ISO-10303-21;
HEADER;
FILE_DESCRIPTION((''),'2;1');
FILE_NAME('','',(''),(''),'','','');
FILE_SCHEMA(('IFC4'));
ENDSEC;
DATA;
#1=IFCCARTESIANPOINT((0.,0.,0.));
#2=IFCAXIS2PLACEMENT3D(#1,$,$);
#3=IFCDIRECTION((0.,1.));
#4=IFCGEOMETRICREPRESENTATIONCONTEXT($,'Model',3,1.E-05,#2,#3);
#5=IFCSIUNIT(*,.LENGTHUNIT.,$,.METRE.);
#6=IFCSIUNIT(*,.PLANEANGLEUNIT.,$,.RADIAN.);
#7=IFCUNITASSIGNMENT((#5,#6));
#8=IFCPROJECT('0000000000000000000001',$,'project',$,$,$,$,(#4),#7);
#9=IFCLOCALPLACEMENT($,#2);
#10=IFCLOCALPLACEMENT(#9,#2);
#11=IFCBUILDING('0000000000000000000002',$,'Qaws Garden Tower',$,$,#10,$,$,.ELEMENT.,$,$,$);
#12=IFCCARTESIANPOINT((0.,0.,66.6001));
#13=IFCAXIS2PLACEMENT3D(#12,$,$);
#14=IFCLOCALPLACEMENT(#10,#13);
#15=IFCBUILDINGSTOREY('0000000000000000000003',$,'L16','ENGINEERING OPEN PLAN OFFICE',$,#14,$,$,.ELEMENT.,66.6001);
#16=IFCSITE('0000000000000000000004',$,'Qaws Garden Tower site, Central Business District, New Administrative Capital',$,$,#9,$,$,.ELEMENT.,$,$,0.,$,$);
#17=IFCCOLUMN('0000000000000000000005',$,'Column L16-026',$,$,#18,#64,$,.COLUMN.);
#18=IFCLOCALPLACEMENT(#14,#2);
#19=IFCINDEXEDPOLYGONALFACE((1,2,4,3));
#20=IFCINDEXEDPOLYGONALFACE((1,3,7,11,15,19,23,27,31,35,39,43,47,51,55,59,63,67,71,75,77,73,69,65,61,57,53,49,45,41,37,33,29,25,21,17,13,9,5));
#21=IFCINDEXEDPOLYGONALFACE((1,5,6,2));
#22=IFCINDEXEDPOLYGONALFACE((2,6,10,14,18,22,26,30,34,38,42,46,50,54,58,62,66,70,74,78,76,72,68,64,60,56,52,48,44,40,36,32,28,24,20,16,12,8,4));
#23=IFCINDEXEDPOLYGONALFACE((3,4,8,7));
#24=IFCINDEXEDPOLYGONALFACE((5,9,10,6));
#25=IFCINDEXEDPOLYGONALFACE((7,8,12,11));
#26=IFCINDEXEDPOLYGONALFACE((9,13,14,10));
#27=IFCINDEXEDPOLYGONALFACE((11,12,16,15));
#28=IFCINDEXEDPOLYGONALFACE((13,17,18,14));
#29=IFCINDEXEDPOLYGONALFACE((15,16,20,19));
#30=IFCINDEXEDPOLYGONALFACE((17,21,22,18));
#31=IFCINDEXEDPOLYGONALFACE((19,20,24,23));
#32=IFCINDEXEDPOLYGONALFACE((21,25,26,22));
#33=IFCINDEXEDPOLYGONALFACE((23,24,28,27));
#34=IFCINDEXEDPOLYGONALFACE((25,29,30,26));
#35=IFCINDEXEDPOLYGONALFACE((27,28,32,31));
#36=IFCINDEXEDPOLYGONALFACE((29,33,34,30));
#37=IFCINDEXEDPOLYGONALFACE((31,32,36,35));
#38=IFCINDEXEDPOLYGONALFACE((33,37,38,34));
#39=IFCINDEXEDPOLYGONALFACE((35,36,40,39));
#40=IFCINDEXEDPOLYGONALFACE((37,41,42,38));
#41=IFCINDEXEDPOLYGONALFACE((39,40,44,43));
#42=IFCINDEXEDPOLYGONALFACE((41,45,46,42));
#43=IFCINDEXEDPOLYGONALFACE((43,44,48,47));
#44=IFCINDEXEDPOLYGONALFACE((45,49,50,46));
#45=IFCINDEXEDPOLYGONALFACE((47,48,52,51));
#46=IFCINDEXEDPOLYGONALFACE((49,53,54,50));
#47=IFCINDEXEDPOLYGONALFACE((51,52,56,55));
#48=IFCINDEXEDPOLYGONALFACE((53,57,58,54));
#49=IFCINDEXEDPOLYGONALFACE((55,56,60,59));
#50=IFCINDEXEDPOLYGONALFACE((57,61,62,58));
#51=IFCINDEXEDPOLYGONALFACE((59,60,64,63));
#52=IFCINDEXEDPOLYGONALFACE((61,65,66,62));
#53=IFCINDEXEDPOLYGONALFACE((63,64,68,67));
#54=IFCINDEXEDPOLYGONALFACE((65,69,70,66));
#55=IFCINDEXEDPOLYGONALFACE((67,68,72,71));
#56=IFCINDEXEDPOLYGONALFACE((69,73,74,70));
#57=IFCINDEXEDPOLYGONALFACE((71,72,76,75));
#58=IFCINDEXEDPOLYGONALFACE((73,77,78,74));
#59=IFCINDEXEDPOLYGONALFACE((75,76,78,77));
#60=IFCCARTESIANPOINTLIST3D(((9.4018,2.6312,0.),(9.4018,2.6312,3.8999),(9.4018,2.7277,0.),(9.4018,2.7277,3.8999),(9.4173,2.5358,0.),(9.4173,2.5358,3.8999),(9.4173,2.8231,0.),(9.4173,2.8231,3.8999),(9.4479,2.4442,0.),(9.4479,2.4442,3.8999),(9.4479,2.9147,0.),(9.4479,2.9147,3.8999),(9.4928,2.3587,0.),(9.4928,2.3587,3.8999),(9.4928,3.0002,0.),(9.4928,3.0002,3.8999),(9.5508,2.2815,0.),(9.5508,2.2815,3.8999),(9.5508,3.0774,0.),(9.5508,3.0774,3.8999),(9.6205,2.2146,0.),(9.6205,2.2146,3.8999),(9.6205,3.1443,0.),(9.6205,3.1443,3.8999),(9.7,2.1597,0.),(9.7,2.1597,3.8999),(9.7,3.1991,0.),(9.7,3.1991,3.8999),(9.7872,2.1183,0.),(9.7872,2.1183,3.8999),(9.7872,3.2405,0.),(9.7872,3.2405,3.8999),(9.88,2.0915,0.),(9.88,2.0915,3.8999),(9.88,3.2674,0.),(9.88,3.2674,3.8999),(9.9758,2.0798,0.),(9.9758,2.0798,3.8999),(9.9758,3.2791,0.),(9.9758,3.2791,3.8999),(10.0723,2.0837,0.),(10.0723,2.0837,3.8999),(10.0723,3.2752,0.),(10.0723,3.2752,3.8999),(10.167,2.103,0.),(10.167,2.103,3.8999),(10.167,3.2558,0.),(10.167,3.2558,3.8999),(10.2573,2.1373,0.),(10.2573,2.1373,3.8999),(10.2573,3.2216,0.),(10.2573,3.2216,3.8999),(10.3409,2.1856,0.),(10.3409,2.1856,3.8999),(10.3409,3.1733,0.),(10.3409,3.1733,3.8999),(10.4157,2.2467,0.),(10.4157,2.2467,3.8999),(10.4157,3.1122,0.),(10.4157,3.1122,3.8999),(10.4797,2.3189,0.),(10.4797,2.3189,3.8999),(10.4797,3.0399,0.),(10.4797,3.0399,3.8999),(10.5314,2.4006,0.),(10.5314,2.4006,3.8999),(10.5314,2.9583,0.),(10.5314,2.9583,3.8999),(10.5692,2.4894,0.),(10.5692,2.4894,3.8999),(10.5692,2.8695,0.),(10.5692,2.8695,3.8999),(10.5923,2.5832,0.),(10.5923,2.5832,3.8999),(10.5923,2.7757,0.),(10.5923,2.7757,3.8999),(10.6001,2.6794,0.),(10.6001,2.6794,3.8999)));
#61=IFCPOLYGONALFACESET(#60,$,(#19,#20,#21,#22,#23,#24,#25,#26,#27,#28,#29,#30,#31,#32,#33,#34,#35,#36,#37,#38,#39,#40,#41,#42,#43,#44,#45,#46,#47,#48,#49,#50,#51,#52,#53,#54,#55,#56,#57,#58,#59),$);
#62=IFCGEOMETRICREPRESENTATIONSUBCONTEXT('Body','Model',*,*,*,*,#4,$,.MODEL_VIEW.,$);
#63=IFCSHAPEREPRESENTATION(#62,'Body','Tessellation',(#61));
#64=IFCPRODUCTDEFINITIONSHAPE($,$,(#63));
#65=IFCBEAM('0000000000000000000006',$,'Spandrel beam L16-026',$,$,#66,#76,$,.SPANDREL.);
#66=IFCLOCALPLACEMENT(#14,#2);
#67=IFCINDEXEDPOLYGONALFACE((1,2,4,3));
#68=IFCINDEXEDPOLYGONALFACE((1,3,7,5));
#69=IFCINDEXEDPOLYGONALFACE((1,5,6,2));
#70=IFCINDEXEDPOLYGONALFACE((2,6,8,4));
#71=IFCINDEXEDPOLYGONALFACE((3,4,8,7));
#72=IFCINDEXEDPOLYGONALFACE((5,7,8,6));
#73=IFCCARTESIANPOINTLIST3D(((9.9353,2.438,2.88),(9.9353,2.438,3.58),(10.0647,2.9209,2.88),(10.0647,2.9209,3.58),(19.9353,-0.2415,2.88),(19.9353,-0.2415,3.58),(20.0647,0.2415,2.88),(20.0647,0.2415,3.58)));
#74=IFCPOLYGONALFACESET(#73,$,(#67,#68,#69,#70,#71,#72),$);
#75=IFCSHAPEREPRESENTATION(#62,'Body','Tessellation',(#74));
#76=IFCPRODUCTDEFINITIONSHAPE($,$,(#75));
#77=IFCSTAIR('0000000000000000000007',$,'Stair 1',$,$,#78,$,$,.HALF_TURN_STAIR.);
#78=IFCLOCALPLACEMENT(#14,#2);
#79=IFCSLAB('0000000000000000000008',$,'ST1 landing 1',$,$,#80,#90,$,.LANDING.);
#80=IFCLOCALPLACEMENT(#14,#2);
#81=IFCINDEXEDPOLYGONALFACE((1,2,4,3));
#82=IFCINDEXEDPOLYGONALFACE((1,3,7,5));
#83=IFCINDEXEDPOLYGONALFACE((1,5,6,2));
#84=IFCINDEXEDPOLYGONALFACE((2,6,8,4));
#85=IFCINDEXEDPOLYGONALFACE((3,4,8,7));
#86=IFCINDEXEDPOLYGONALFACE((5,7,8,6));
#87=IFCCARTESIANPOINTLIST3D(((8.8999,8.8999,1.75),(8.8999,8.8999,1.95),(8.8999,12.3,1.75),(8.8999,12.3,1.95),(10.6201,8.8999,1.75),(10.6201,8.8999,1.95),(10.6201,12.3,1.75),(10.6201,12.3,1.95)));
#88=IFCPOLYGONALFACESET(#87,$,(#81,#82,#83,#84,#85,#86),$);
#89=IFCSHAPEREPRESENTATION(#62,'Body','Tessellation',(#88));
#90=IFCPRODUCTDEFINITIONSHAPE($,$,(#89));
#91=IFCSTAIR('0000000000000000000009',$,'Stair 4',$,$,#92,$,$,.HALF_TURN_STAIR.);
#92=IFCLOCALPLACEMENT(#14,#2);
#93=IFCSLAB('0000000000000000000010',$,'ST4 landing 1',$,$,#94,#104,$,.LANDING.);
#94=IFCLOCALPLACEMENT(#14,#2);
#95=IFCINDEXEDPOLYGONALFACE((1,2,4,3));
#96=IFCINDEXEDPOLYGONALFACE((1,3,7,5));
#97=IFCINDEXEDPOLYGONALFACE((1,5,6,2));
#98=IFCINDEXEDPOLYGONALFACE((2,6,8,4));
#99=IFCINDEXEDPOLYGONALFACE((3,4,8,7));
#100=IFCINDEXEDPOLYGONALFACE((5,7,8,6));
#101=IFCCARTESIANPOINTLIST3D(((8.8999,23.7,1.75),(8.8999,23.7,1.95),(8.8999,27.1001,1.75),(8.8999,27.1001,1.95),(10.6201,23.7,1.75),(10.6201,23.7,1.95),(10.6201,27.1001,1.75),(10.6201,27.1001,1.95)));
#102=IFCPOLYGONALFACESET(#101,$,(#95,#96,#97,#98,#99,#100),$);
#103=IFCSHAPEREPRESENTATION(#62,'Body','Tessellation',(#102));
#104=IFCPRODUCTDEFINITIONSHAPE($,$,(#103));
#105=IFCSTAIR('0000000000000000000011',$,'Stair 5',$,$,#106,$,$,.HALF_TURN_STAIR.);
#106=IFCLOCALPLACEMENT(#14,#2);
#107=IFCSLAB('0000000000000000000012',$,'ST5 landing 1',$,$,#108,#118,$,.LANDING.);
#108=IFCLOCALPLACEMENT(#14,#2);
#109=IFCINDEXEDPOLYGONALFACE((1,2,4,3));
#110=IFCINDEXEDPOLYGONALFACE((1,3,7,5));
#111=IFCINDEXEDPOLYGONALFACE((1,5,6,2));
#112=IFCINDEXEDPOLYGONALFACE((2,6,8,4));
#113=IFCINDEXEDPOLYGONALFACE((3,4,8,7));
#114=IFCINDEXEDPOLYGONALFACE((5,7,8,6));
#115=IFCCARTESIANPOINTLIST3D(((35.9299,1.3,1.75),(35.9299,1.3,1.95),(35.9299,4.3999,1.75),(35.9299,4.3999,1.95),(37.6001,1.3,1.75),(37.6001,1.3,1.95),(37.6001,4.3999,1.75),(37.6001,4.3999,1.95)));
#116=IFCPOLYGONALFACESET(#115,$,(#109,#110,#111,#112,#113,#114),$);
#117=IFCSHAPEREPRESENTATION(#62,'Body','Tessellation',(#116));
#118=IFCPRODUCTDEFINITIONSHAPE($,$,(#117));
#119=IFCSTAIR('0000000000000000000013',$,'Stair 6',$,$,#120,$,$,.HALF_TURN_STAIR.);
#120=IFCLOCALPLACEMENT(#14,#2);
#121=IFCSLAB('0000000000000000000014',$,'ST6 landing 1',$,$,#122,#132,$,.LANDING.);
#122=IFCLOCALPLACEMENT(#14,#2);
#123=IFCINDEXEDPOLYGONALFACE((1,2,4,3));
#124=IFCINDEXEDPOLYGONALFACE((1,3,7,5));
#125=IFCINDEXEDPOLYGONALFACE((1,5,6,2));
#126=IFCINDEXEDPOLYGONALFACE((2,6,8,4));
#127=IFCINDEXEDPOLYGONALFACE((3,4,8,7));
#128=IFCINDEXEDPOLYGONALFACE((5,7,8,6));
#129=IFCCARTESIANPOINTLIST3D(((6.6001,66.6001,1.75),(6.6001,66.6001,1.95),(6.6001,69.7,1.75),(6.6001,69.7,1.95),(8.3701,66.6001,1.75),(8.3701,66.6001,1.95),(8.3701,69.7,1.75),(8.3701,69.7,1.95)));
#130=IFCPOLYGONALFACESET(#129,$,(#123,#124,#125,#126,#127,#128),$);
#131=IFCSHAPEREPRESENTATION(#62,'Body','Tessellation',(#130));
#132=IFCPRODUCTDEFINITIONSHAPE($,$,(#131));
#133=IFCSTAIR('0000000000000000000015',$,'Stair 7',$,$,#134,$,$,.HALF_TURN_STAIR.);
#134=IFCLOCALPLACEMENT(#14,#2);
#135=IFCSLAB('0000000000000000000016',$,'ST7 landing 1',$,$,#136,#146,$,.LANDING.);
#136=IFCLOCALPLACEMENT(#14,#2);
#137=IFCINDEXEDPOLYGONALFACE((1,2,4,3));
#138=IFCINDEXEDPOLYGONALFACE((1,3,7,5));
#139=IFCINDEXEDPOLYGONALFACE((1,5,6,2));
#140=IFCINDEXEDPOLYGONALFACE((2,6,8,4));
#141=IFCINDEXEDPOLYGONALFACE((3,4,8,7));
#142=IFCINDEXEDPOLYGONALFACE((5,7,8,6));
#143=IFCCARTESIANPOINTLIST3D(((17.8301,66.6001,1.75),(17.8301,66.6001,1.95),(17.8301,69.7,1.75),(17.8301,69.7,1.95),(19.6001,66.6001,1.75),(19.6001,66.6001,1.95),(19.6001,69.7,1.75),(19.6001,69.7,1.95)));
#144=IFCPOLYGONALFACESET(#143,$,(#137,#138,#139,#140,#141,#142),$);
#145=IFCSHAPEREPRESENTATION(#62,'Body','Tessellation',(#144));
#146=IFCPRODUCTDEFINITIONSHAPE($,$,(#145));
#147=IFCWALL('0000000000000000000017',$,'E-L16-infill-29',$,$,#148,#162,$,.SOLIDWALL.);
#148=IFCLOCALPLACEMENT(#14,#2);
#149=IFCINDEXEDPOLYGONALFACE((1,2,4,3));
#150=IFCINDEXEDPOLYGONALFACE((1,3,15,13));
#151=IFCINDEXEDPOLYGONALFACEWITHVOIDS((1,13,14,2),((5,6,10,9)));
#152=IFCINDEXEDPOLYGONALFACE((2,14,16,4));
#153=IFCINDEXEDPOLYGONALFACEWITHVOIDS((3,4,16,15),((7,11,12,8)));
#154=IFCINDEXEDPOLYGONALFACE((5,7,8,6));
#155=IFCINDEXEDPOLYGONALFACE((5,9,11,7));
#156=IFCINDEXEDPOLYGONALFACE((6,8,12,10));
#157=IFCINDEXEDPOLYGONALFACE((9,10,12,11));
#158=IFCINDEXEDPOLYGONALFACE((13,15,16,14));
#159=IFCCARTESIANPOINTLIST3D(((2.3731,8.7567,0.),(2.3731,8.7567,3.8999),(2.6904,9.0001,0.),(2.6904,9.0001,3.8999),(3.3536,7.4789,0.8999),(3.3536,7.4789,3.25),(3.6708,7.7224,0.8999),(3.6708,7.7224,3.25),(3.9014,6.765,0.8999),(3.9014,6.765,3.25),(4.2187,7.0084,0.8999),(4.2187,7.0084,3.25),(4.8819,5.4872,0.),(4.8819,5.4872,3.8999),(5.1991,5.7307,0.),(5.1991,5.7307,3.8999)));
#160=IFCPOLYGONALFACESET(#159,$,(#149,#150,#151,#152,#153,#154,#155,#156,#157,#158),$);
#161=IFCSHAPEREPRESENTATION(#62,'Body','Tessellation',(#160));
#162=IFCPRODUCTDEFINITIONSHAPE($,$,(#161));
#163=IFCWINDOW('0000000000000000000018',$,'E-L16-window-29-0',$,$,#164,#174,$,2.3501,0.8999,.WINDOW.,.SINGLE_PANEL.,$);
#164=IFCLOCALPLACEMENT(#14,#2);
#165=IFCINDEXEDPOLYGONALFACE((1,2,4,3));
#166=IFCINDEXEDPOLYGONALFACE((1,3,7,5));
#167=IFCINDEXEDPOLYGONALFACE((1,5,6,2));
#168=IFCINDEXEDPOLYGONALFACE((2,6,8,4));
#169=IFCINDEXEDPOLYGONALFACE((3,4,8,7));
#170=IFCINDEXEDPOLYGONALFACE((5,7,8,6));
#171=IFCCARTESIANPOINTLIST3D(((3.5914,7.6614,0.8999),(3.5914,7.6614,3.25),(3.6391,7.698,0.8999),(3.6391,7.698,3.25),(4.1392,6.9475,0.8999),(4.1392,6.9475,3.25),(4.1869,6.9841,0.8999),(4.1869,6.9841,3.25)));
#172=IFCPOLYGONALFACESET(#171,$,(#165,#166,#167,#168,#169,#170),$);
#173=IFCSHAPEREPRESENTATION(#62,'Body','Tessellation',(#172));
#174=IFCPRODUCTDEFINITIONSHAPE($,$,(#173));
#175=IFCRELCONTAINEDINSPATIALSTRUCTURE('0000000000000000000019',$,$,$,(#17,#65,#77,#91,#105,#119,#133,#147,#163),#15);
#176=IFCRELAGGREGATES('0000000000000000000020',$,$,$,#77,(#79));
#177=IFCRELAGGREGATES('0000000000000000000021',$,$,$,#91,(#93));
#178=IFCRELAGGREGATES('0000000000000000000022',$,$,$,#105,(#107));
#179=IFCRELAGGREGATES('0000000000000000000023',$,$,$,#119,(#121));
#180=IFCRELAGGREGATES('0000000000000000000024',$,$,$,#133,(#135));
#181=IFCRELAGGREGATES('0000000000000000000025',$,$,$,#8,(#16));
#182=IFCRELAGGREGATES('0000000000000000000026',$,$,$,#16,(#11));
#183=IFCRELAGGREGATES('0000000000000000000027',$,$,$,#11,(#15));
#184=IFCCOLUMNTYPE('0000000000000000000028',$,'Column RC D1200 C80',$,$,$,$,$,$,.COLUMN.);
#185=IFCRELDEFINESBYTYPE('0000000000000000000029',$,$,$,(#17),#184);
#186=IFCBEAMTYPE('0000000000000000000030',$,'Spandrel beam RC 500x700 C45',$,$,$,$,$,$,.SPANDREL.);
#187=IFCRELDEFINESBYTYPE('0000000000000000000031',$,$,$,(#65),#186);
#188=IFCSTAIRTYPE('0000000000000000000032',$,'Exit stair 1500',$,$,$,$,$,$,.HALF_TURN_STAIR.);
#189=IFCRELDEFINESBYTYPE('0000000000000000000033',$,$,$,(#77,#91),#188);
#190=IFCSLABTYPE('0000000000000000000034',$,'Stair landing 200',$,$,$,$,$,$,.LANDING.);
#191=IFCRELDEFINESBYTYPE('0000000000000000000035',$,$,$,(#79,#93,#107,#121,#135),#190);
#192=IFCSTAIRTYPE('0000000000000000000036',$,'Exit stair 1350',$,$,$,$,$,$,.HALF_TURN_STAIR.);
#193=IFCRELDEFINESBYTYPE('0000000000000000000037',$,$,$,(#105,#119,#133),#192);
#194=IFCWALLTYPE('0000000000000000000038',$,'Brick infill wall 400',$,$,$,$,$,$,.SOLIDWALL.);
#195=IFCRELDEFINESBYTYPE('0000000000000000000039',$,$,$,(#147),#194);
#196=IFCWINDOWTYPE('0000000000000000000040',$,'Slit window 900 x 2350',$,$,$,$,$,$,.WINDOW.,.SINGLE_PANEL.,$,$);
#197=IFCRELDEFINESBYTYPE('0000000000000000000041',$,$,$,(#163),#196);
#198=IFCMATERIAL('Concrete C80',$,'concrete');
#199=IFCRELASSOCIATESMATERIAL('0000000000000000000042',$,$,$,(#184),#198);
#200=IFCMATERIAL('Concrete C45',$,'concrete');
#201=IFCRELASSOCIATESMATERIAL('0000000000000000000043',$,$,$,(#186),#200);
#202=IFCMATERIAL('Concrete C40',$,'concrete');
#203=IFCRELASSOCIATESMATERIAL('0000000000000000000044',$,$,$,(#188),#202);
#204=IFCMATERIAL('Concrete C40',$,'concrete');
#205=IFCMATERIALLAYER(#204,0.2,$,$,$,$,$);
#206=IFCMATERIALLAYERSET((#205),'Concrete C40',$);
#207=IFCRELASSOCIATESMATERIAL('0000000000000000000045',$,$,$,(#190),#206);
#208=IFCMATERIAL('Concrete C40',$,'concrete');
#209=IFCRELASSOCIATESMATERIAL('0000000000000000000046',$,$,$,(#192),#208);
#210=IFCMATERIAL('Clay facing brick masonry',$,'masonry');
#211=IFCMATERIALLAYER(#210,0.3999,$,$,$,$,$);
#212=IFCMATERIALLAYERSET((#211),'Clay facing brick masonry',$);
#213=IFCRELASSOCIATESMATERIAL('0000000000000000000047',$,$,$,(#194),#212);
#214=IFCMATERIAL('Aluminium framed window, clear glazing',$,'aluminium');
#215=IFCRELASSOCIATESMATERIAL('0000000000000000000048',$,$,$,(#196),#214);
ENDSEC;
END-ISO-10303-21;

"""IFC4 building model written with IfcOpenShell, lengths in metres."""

from ifc_helpers import new_model, si_unit, direction, frame, frame_2d, origin, origin_2d, place, context, subcontext, project, spatial, polyline, rectangle, circle, outline, extrude, material, layer, layer_set, material_profile, profile_set, type_object, element, fill, aggregate, save


model = new_model("IFC4")

# Units and contexts
model_context = context("Model", 3, precision=1e-05, world=origin(), true_north=direction((0.0, 1.0)))
body_context = subcontext(model_context, "Body", "Model", "MODEL_VIEW")
ifc_project = project(units=[si_unit("LENGTHUNIT", "METRE"), si_unit("PLANEANGLEUNIT", "RADIAN")], contexts=[model_context])

# Site, building, storey
site_placement = place(None, origin())
site = spatial("IfcSite", under=ifc_project, at=site_placement, Name="Qaws Garden Tower site, Central Business District, New Administrative Capital", CompositionType="ELEMENT", RefElevation=0.0)
building_placement = place(site_placement, origin())
building = spatial("IfcBuilding", under=site, at=building_placement, Name="Qaws Garden Tower", CompositionType="ELEMENT")
storey_placement = place(building_placement, frame((0.0, 0.0, 66.6001)))
storey = spatial("IfcBuildingStorey", under=building, at=storey_placement, Name="L16", Description="ENGINEERING OPEN PLAN OFFICE", CompositionType="ELEMENT", Elevation=66.6001)

# Column
ifc_material_1 = material(Name="Concrete C80", Category="concrete")
ifc_material_profile_1 = material_profile(ifc_material_1, circle(Radius=0.6001, at=origin_2d()), Name="RC D1200")
ifc_profile_set_1 = profile_set([ifc_material_profile_1], Name="Concrete C80")
column_type = type_object("IfcColumnType", Name="Column RC D1200 C80", PredefinedType="COLUMN", material=ifc_profile_set_1)
column_placement = place(storey_placement, frame((10.0, 2.6794, 0.0), z_axis=(0.0, 0.0, 1.0), x_axis=(1.0, 0.0, 0.0)))
element("IfcColumn", 1, at=column_placement, inside=storey, type_object=column_type, Name="Column L16-026", PredefinedType="COLUMN", context=body_context, shape_type="SweptSolid", body=[
    extrude(circle(Radius=0.6001, at=origin_2d()), origin(), (0.0, 0.0, 1.0), 3.8999),
])

# Beam
ifc_material_2 = material(Name="Concrete C45", Category="concrete")
ifc_material_profile_2 = material_profile(ifc_material_2, rectangle(XDim=0.5, YDim=0.7, at=origin_2d()), Name="RC 500x700")
ifc_profile_set_2 = profile_set([ifc_material_profile_2], Name="Concrete C45")
beam_type = type_object("IfcBeamType", Name="Spandrel beam RC 500x700 C45", PredefinedType="SPANDREL", material=ifc_profile_set_2)
beam_placement = place(storey_placement, frame((10.0, 2.6794, 3.23), z_axis=(0.965927, -0.258815, 0.0), x_axis=(0.258815, 0.965927, 0.0)))
element("IfcBeam", 2, at=beam_placement, inside=storey, type_object=beam_type, Name="Spandrel beam L16-026", PredefinedType="SPANDREL", context=body_context, shape_type="SweptSolid", body=[
    extrude(rectangle(XDim=0.5, YDim=0.7, at=origin_2d()), origin(), (0.0, 0.0, 1.0), 10.3528),
])

# Stairs, slabs
ifc_material_3 = material(Name="Concrete C40", Category="concrete")
stair_type_1 = type_object("IfcStairType", Name="Exit stair 1500", PredefinedType="HALF_TURN_STAIR", material=ifc_material_3)
placement_1 = place(storey_placement, origin())
stair_1 = element("IfcStair", 3, at=placement_1, inside=storey, type_object=stair_type_1, Name="Stair 1", PredefinedType="HALF_TURN_STAIR")
ifc_material_4 = material(Name="Concrete C40", Category="concrete")
ifc_layer_1 = layer(ifc_material_4, 0.2)
ifc_layer_set_1 = layer_set([ifc_layer_1], Name="Concrete C40")
slab_type = type_object("IfcSlabType", Name="Stair landing 200", PredefinedType="LANDING", material=ifc_layer_set_1)
placement_2 = place(storey_placement, frame((0.0, 0.0, 1.75)))
slab_1 = element("IfcSlab", 4, at=placement_2, type_object=slab_type, Name="ST1 landing 1", PredefinedType="LANDING", context=body_context, shape_type="SweptSolid", body=[
    extrude(outline(polyline([(8.8999, 8.8999), (10.6201, 8.8999), (10.6201, 12.3), (8.8999, 12.3), (8.8999, 8.8999)])), origin(), (0.0, 0.0, 1.0), 0.2),
])
aggregate(stair_1, [slab_1])
stair_2 = element("IfcStair", 5, at=placement_1, inside=storey, type_object=stair_type_1, Name="Stair 4", PredefinedType="HALF_TURN_STAIR")
slab_2 = element("IfcSlab", 6, at=placement_2, type_object=slab_type, Name="ST4 landing 1", PredefinedType="LANDING", context=body_context, shape_type="SweptSolid", body=[
    extrude(outline(polyline([(8.8999, 23.7), (10.6201, 23.7), (10.6201, 27.1001), (8.8999, 27.1001), (8.8999, 23.7)])), origin(), (0.0, 0.0, 1.0), 0.2),
])
aggregate(stair_2, [slab_2])
ifc_material_5 = material(Name="Concrete C40", Category="concrete")
stair_type_2 = type_object("IfcStairType", Name="Exit stair 1350", PredefinedType="HALF_TURN_STAIR", material=ifc_material_5)
stair_3 = element("IfcStair", 7, at=placement_1, inside=storey, type_object=stair_type_2, Name="Stair 5", PredefinedType="HALF_TURN_STAIR")
slab_3 = element("IfcSlab", 8, at=placement_2, type_object=slab_type, Name="ST5 landing 1", PredefinedType="LANDING", context=body_context, shape_type="SweptSolid", body=[
    extrude(outline(polyline([(35.9299, 1.3), (37.6001, 1.3), (37.6001, 4.3999), (35.9299, 4.3999), (35.9299, 1.3)])), origin(), (0.0, 0.0, 1.0), 0.2),
])
aggregate(stair_3, [slab_3])
stair_4 = element("IfcStair", 9, at=placement_1, inside=storey, type_object=stair_type_2, Name="Stair 6", PredefinedType="HALF_TURN_STAIR")
slab_4 = element("IfcSlab", 10, at=placement_2, type_object=slab_type, Name="ST6 landing 1", PredefinedType="LANDING", context=body_context, shape_type="SweptSolid", body=[
    extrude(outline(polyline([(6.6001, 66.6001), (8.3701, 66.6001), (8.3701, 69.7), (6.6001, 69.7), (6.6001, 66.6001)])), origin(), (0.0, 0.0, 1.0), 0.2),
])
aggregate(stair_4, [slab_4])
stair_5 = element("IfcStair", 11, at=placement_1, inside=storey, type_object=stair_type_2, Name="Stair 7", PredefinedType="HALF_TURN_STAIR")
slab_5 = element("IfcSlab", 12, at=placement_2, type_object=slab_type, Name="ST7 landing 1", PredefinedType="LANDING", context=body_context, shape_type="SweptSolid", body=[
    extrude(outline(polyline([(17.8301, 66.6001), (19.6001, 66.6001), (19.6001, 69.7), (17.8301, 69.7), (17.8301, 66.6001)])), origin(), (0.0, 0.0, 1.0), 0.2),
])
aggregate(stair_5, [slab_5])

# Wall, opening, window
ifc_material_6 = material(Name="Clay facing brick masonry", Category="masonry")
ifc_layer_2 = layer(ifc_material_6, 0.3999)
ifc_layer_set_2 = layer_set([ifc_layer_2], Name="Clay facing brick masonry")
wall_type_1 = type_object("IfcWallType", Name="Brick infill wall 400", PredefinedType="SOLIDWALL", material=ifc_layer_set_2)
wall_1_placement = place(storey_placement, frame((2.5317, 8.8784, 0.0), z_axis=(0.0, 0.0, 1.0), x_axis=(0.60876, -0.793355, 0.0)))
wall_1 = element("IfcWall", 13, at=wall_1_placement, inside=storey, type_object=wall_type_1, Name="E-L16-infill-29", PredefinedType="SOLIDWALL", context=body_context, shape_type="SweptSolid", body=[
    extrude(rectangle(XDim=4.1211, YDim=0.3999, at=frame_2d((2.0605, 0.0))), origin(), (0.0, 0.0, 1.0), 3.8999),
])
opening_1_placement = place(wall_1_placement, frame((1.6106, 0.0, 0.8999)))
opening_1 = element("IfcOpeningElement", 14, at=opening_1_placement, cuts=wall_1, PredefinedType="OPENING", context=body_context, shape_type="SweptSolid", body=[
    extrude(rectangle(XDim=0.8999, YDim=2.3501, at=frame_2d((0.45, 1.175))), frame((0.0, 0.21, 0.0), z_axis=(0.0, -1.0, 0.0), x_axis=(1.0, 0.0, 0.0)), (0.0, 0.0, 1.0), 0.4199),
])
ifc_material_7 = material(Name="Aluminium framed window, clear glazing", Category="aluminium")
window_type = type_object("IfcWindowType", Name="Slit window 900 x 2350", PartitioningType="SINGLE_PANEL", PredefinedType="WINDOW", material=ifc_material_7)
window_1_placement = place(opening_1_placement, origin())
window_1 = element("IfcWindow", 15, at=window_1_placement, inside=storey, type_object=window_type, Name="E-L16-window-29-0", OverallHeight=2.3501, OverallWidth=0.8999, PartitioningType="SINGLE_PANEL", PredefinedType="WINDOW", context=body_context, shape_type="SweptSolid", body=[
    extrude(rectangle(XDim=0.8999, YDim=2.3501, at=frame_2d((0.45, 1.175))), frame((0.0, 0.1599, 0.0), z_axis=(0.0, -1.0, 0.0), x_axis=(1.0, 0.0, 0.0)), (0.0, 0.0, 1.0), 0.0601),
])
fill(opening_1, window_1)

save(model, "model.ifc")
